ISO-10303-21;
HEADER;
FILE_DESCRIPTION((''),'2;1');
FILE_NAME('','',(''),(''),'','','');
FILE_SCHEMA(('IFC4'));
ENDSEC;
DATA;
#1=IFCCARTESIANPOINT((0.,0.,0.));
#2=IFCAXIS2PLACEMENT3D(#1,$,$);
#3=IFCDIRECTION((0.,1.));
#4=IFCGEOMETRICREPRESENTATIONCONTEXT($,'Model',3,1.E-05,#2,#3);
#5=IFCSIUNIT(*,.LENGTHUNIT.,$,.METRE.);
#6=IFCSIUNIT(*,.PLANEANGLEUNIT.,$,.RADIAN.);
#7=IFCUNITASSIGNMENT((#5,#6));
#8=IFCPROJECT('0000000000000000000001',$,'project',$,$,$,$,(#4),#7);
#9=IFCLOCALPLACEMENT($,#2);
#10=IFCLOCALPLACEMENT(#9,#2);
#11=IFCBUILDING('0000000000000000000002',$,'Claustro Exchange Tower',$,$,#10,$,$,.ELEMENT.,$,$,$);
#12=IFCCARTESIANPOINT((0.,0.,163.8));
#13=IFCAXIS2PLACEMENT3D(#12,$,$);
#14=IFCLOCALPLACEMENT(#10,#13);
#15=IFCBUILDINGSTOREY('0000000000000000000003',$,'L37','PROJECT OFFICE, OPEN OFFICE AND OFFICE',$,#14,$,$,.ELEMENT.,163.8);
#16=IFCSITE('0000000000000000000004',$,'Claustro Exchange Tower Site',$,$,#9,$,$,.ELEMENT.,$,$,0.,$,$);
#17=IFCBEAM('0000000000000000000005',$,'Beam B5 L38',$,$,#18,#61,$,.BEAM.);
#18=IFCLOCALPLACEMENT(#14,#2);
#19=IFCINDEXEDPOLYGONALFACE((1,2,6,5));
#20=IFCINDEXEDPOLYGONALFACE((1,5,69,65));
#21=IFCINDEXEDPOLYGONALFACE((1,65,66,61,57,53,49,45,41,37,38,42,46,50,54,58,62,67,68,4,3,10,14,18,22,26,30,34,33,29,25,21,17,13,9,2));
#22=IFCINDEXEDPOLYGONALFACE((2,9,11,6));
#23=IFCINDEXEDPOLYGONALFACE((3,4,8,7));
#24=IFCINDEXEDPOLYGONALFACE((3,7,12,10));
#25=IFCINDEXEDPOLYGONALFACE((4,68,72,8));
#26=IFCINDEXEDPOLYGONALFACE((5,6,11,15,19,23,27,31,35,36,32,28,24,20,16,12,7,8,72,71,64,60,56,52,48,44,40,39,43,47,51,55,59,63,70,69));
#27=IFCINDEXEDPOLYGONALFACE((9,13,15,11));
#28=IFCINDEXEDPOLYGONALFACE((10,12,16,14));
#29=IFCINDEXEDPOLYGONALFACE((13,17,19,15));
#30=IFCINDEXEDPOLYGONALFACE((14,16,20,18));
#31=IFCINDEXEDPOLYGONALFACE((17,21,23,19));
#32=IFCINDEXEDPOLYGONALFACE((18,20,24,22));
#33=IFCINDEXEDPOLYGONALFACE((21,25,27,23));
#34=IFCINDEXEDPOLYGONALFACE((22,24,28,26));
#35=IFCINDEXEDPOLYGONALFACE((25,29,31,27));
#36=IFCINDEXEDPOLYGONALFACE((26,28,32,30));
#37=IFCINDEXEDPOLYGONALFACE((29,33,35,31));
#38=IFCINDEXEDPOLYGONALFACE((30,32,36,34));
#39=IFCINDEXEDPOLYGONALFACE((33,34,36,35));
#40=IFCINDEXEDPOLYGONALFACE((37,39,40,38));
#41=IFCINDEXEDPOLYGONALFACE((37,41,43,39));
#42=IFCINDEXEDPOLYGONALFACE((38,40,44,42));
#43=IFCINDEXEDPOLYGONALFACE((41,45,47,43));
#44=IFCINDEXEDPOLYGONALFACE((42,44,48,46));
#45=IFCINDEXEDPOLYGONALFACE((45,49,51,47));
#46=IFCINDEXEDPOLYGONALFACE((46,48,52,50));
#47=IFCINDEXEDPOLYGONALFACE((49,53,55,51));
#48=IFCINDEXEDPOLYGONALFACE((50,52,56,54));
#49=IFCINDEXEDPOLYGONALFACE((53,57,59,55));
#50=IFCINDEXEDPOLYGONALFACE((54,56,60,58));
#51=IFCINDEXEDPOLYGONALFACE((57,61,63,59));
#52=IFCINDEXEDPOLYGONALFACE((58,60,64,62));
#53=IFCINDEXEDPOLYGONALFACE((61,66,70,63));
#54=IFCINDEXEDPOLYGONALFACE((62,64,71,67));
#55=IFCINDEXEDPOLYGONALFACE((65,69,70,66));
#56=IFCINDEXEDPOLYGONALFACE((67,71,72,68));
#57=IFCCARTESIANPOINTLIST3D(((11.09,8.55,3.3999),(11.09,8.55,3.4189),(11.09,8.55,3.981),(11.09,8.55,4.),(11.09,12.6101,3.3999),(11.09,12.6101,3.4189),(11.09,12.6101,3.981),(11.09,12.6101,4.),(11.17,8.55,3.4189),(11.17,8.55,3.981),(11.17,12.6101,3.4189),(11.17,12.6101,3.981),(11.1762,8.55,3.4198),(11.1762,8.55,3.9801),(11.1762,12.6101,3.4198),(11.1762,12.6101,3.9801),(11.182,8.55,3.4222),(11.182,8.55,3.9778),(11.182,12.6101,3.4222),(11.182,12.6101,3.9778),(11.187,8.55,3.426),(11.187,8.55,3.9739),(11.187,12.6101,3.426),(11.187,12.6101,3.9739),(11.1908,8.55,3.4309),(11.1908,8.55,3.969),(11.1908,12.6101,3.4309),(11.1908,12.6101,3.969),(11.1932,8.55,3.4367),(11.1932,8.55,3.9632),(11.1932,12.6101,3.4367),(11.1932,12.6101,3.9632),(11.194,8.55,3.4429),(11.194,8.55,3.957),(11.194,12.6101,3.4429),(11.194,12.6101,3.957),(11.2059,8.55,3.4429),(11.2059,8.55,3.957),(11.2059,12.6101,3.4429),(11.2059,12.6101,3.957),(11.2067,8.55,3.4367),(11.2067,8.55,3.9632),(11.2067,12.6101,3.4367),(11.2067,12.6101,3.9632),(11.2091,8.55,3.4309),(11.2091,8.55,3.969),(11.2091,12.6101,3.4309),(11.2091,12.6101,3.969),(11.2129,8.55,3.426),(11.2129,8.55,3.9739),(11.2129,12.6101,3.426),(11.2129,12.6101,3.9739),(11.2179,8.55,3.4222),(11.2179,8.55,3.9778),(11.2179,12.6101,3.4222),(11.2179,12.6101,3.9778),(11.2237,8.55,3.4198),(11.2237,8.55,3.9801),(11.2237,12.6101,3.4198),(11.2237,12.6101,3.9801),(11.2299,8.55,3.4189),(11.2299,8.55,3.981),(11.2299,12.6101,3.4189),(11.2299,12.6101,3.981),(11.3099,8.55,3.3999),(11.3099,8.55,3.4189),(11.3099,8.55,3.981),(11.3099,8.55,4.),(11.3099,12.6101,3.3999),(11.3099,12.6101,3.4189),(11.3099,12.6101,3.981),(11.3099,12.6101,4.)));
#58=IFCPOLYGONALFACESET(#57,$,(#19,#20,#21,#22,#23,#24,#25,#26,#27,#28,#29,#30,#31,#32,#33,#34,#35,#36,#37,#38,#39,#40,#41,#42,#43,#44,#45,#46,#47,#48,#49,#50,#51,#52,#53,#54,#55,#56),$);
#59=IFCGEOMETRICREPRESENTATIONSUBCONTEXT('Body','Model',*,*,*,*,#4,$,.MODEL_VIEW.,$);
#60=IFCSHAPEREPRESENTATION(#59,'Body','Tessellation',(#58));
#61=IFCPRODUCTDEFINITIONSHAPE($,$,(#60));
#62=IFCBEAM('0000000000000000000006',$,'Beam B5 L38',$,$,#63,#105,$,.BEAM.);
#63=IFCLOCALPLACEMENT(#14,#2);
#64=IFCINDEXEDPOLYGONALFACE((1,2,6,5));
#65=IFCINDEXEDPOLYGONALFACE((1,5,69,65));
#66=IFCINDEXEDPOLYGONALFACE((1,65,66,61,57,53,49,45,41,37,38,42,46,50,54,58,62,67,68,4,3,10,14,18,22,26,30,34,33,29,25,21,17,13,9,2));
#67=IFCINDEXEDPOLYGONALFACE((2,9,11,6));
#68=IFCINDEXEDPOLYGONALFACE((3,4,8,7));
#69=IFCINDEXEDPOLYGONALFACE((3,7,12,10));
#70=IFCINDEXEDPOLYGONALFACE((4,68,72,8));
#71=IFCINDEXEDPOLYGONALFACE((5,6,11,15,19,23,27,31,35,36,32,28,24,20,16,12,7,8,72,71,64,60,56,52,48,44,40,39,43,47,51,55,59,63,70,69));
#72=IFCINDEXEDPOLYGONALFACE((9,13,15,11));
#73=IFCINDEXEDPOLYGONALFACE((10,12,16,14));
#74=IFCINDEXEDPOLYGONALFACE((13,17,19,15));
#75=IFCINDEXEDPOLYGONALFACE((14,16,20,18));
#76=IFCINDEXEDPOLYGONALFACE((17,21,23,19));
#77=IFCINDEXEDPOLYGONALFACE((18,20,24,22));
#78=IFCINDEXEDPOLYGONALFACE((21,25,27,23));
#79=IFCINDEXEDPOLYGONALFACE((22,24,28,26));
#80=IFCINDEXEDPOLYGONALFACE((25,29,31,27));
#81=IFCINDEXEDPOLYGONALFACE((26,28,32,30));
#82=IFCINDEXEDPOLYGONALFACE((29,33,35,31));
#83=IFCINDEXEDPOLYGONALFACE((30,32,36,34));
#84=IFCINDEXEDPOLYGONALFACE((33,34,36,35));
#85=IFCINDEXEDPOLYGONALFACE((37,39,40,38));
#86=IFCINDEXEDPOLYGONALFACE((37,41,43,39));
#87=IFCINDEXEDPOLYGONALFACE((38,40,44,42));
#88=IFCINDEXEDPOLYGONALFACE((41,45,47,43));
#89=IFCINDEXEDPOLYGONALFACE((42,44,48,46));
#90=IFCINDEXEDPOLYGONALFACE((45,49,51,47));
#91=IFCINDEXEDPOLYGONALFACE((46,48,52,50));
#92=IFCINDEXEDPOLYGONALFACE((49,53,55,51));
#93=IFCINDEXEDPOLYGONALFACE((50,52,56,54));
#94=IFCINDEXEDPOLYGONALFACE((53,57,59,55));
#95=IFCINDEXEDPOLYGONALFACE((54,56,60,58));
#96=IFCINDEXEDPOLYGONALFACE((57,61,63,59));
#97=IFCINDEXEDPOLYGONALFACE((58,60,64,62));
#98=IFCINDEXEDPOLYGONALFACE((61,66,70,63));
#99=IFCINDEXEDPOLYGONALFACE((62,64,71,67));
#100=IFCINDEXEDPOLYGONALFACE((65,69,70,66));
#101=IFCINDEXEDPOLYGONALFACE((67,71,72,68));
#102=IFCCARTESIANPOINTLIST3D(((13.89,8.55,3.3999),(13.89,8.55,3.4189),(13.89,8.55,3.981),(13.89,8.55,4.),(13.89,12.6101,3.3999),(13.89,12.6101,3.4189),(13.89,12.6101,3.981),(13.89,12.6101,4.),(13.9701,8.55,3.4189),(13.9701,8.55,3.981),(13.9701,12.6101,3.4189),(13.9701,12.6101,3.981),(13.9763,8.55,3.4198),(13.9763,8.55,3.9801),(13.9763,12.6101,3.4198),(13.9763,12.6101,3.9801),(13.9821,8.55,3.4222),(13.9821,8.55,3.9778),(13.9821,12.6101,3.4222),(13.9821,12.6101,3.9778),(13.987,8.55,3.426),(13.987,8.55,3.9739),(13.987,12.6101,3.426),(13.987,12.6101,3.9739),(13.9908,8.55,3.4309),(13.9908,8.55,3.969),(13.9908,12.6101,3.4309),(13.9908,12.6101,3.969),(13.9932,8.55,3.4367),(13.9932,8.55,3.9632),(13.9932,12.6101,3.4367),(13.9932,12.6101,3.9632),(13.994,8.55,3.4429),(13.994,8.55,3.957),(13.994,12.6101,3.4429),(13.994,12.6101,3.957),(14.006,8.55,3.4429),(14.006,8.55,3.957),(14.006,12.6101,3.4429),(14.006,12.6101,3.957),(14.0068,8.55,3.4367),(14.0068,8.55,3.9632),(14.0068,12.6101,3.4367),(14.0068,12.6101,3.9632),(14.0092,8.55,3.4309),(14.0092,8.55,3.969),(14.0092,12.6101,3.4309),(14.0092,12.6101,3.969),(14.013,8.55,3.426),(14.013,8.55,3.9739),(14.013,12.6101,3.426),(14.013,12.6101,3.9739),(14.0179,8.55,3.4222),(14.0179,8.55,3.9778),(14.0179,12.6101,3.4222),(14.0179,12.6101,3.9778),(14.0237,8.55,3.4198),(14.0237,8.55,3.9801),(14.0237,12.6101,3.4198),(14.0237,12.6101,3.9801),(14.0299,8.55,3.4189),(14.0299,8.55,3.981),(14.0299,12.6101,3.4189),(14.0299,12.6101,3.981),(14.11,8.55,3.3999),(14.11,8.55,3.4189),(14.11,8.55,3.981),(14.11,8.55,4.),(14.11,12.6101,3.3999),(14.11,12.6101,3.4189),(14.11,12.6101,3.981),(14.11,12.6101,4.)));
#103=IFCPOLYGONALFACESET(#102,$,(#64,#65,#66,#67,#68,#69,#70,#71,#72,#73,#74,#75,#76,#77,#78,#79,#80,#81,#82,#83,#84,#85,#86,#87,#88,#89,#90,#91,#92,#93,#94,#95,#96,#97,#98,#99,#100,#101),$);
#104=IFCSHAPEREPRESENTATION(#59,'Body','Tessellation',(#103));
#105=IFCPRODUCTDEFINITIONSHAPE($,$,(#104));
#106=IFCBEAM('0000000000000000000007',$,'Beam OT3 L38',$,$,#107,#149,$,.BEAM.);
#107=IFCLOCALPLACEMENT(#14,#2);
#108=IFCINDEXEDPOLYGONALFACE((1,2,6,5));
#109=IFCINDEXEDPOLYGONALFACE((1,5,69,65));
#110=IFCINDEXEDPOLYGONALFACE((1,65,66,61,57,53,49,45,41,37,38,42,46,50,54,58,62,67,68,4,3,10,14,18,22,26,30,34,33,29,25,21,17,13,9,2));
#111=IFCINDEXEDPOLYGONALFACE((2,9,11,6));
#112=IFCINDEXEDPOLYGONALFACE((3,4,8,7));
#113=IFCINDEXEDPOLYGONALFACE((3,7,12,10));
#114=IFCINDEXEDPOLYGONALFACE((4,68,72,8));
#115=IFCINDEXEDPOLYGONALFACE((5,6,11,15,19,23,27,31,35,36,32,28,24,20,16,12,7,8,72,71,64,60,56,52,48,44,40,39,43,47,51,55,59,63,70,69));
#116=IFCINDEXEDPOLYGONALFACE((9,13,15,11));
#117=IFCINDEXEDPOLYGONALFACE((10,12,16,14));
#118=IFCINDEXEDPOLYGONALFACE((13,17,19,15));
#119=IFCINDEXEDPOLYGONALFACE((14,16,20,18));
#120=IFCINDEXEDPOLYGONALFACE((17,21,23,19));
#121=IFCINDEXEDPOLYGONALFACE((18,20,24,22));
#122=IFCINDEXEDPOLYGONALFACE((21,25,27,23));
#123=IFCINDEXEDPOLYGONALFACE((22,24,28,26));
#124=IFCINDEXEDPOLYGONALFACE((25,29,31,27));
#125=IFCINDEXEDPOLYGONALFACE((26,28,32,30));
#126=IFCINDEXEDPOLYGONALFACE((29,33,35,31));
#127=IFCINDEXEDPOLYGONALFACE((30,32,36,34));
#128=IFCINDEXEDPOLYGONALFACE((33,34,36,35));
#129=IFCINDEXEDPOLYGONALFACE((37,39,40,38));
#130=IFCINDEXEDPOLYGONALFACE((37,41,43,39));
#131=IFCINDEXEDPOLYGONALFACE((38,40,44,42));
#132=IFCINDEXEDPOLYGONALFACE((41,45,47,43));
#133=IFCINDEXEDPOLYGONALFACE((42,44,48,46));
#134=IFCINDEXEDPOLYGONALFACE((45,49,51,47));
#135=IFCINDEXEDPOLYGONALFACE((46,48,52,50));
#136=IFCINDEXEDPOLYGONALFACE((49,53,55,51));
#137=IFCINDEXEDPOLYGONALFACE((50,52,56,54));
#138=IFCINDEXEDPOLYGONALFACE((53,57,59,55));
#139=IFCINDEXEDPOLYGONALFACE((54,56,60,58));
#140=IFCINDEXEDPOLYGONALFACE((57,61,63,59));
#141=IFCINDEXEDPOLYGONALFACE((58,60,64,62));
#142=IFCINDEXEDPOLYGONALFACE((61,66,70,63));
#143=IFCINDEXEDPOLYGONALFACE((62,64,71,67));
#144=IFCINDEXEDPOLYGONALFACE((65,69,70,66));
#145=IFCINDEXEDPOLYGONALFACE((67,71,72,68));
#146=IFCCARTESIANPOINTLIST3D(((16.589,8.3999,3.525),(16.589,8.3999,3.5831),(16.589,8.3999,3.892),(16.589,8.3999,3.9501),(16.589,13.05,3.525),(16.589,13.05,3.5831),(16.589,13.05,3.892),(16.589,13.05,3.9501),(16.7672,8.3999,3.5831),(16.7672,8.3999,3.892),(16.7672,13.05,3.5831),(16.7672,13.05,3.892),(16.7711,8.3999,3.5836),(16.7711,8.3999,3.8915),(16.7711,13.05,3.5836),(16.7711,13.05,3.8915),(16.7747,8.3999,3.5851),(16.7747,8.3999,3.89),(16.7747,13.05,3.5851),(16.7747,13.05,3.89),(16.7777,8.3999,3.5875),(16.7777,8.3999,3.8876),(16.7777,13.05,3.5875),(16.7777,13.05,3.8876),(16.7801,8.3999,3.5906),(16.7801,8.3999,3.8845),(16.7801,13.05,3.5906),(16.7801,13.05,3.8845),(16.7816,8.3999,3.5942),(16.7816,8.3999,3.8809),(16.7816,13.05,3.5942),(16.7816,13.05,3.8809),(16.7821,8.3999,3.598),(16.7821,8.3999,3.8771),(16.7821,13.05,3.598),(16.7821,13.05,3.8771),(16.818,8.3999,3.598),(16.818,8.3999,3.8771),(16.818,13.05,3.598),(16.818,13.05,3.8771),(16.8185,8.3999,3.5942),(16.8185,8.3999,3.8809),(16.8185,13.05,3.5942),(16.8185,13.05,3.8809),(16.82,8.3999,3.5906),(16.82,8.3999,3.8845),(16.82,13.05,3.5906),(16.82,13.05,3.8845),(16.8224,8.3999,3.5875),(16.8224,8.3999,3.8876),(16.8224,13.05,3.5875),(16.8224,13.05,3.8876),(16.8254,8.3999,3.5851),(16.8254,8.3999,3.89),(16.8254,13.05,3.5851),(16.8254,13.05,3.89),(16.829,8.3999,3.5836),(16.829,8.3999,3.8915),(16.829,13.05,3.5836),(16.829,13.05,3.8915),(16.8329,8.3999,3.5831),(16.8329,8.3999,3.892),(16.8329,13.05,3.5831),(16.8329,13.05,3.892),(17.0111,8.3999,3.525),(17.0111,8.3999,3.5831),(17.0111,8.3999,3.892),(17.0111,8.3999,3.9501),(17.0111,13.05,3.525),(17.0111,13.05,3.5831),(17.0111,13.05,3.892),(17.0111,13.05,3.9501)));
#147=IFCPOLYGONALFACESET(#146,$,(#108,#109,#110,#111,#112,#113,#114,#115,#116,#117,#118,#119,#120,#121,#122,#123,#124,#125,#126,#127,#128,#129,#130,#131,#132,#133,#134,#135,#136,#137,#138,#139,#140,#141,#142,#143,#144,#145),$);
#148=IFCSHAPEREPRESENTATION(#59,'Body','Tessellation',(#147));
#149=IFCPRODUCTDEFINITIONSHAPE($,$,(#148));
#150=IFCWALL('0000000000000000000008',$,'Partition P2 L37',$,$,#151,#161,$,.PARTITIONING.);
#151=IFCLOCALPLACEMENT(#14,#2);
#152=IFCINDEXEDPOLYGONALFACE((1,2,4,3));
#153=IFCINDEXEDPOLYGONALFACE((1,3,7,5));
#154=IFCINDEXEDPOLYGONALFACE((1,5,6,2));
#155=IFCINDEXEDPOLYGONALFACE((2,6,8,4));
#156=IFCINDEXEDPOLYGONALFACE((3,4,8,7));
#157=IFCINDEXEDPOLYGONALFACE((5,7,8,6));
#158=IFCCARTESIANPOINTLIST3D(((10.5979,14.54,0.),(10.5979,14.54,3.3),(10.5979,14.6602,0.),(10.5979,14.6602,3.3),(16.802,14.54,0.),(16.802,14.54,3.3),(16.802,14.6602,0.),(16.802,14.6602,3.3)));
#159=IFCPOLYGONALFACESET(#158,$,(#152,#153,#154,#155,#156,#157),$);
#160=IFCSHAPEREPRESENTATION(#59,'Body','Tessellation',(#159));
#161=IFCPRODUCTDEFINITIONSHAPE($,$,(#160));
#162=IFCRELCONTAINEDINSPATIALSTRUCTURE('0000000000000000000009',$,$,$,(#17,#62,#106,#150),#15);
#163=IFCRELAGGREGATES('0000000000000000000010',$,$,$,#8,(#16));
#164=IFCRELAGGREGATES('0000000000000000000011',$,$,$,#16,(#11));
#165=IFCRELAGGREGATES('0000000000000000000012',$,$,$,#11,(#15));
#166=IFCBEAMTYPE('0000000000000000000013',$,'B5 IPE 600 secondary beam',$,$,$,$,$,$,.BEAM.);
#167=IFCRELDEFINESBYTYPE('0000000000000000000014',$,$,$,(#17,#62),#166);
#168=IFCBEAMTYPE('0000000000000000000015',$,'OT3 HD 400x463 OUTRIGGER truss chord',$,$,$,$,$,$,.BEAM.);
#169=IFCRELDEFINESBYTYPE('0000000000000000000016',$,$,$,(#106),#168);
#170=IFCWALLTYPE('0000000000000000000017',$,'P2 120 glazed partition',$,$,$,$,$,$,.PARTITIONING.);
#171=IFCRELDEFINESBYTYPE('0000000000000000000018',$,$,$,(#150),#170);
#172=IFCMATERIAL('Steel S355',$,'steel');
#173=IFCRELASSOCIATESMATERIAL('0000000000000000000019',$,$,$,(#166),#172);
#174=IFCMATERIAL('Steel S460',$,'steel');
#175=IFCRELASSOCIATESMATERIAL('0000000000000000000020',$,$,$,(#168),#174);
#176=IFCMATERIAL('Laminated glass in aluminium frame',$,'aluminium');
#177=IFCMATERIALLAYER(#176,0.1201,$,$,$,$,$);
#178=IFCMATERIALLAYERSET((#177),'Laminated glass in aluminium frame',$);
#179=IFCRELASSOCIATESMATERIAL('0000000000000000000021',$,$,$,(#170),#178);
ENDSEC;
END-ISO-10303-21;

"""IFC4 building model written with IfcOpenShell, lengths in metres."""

from ifc_helpers import new_model, si_unit, direction, frame, frame_2d, origin, origin_2d, place, context, subcontext, project, spatial, rectangle, i_section, extrude, material, layer, layer_set, material_profile, profile_set, type_object, element, save


model = new_model("IFC4")

# Units and contexts
model_context = context("Model", 3, precision=1e-05, world=origin(), true_north=direction((0.0, 1.0)))
body_context = subcontext(model_context, "Body", "Model", "MODEL_VIEW")
ifc_project = project(units=[si_unit("LENGTHUNIT", "METRE"), si_unit("PLANEANGLEUNIT", "RADIAN")], contexts=[model_context])

# Site, building, storey
site_placement = place(None, origin())
site = spatial("IfcSite", under=ifc_project, at=site_placement, Name="Claustro Exchange Tower Site", CompositionType="ELEMENT", RefElevation=0.0)
building_placement = place(site_placement, origin())
building = spatial("IfcBuilding", under=site, at=building_placement, Name="Claustro Exchange Tower", CompositionType="ELEMENT")
storey_placement = place(building_placement, frame((0.0, 0.0, 163.8)))
storey = spatial("IfcBuildingStorey", under=building, at=storey_placement, Name="L37", Description="PROJECT OFFICE, OPEN OFFICE AND OFFICE", CompositionType="ELEMENT", Elevation=163.8)

# Beams
ifc_material_1 = material(Name="Steel S355", Category="steel")
ifc_material_profile_1 = material_profile(ifc_material_1, i_section(OverallWidth=0.22, OverallDepth=0.6001, WebThickness=0.012, FlangeThickness=0.019, FilletRadius=0.0239, at=origin_2d()), Name="IPE 600")
ifc_profile_set_1 = profile_set([ifc_material_profile_1], Name="Steel S355")
beam_type_1 = type_object("IfcBeamType", Name="B5 IPE 600 secondary beam", PredefinedType="BEAM", material=ifc_profile_set_1)
for number, where, z_axis, x_axis, name in (
    (1, (11.2, 8.55, 3.7), (0.0, 1.0, 0.0), (-1.0, 0.0, 0.0), "Beam B5 L38"),
    (2, (14.0, 8.55, 3.7), (0.0, 1.0, 0.0), (-1.0, 0.0, 0.0), "Beam B5 L38"),
):
    element("IfcBeam", number, at=place(storey_placement, frame(where, z_axis=z_axis, x_axis=x_axis)), inside=storey, type_object=beam_type_1, Name=name, PredefinedType="BEAM", context=body_context, shape_type="SweptSolid", body=[
        extrude(i_section(OverallWidth=0.22, OverallDepth=0.6001, WebThickness=0.012, FlangeThickness=0.019, FilletRadius=0.0239, at=origin_2d()), origin(), (0.0, 0.0, 1.0), 4.0601),
    ])
ifc_material_2 = material(Name="Steel S460", Category="steel")
ifc_material_profile_2 = material_profile(ifc_material_2, i_section(OverallWidth=0.4221, OverallDepth=0.425, WebThickness=0.0359, FlangeThickness=0.0581, FilletRadius=0.0149, at=origin_2d()), Name="HD 400x463")
ifc_profile_set_2 = profile_set([ifc_material_profile_2], Name="Steel S460")
beam_type_2 = type_object("IfcBeamType", Name="OT3 HD 400x463 OUTRIGGER truss chord", PredefinedType="BEAM", material=ifc_profile_set_2)
beam_1_placement = place(storey_placement, frame((16.8, 8.3999, 3.7375), z_axis=(0.0, 1.0, 0.0), x_axis=(-1.0, 0.0, 0.0)))
element("IfcBeam", 3, at=beam_1_placement, inside=storey, type_object=beam_type_2, Name="Beam OT3 L38", PredefinedType="BEAM", context=body_context, shape_type="SweptSolid", body=[
    extrude(i_section(OverallWidth=0.4221, OverallDepth=0.425, WebThickness=0.0359, FlangeThickness=0.0581, FilletRadius=0.0149, at=origin_2d()), origin(), (0.0, 0.0, 1.0), 4.6501),
])

# Wall
ifc_material_3 = material(Name="Laminated glass in aluminium frame", Category="aluminium")
ifc_layer_1 = layer(ifc_material_3, 0.1201)
ifc_layer_set_1 = layer_set([ifc_layer_1], Name="Laminated glass in aluminium frame")
wall_type_1 = type_object("IfcWallType", Name="P2 120 glazed partition", PredefinedType="PARTITIONING", material=ifc_layer_set_1)
wall_1_placement = place(storey_placement, frame((10.5979, 14.6001, 0.0), z_axis=(0.0, 0.0, 1.0), x_axis=(1.0, 0.0, 0.0)))
element("IfcWall", 4, at=wall_1_placement, inside=storey, type_object=wall_type_1, Name="Partition P2 L37", PredefinedType="PARTITIONING", context=body_context, shape_type="SweptSolid", body=[
    extrude(rectangle(XDim=6.2041, YDim=0.1201, at=frame_2d((3.1021, 0.0))), origin(), (0.0, 0.0, 1.0), 3.3),
])

save(model, "model.ifc")
